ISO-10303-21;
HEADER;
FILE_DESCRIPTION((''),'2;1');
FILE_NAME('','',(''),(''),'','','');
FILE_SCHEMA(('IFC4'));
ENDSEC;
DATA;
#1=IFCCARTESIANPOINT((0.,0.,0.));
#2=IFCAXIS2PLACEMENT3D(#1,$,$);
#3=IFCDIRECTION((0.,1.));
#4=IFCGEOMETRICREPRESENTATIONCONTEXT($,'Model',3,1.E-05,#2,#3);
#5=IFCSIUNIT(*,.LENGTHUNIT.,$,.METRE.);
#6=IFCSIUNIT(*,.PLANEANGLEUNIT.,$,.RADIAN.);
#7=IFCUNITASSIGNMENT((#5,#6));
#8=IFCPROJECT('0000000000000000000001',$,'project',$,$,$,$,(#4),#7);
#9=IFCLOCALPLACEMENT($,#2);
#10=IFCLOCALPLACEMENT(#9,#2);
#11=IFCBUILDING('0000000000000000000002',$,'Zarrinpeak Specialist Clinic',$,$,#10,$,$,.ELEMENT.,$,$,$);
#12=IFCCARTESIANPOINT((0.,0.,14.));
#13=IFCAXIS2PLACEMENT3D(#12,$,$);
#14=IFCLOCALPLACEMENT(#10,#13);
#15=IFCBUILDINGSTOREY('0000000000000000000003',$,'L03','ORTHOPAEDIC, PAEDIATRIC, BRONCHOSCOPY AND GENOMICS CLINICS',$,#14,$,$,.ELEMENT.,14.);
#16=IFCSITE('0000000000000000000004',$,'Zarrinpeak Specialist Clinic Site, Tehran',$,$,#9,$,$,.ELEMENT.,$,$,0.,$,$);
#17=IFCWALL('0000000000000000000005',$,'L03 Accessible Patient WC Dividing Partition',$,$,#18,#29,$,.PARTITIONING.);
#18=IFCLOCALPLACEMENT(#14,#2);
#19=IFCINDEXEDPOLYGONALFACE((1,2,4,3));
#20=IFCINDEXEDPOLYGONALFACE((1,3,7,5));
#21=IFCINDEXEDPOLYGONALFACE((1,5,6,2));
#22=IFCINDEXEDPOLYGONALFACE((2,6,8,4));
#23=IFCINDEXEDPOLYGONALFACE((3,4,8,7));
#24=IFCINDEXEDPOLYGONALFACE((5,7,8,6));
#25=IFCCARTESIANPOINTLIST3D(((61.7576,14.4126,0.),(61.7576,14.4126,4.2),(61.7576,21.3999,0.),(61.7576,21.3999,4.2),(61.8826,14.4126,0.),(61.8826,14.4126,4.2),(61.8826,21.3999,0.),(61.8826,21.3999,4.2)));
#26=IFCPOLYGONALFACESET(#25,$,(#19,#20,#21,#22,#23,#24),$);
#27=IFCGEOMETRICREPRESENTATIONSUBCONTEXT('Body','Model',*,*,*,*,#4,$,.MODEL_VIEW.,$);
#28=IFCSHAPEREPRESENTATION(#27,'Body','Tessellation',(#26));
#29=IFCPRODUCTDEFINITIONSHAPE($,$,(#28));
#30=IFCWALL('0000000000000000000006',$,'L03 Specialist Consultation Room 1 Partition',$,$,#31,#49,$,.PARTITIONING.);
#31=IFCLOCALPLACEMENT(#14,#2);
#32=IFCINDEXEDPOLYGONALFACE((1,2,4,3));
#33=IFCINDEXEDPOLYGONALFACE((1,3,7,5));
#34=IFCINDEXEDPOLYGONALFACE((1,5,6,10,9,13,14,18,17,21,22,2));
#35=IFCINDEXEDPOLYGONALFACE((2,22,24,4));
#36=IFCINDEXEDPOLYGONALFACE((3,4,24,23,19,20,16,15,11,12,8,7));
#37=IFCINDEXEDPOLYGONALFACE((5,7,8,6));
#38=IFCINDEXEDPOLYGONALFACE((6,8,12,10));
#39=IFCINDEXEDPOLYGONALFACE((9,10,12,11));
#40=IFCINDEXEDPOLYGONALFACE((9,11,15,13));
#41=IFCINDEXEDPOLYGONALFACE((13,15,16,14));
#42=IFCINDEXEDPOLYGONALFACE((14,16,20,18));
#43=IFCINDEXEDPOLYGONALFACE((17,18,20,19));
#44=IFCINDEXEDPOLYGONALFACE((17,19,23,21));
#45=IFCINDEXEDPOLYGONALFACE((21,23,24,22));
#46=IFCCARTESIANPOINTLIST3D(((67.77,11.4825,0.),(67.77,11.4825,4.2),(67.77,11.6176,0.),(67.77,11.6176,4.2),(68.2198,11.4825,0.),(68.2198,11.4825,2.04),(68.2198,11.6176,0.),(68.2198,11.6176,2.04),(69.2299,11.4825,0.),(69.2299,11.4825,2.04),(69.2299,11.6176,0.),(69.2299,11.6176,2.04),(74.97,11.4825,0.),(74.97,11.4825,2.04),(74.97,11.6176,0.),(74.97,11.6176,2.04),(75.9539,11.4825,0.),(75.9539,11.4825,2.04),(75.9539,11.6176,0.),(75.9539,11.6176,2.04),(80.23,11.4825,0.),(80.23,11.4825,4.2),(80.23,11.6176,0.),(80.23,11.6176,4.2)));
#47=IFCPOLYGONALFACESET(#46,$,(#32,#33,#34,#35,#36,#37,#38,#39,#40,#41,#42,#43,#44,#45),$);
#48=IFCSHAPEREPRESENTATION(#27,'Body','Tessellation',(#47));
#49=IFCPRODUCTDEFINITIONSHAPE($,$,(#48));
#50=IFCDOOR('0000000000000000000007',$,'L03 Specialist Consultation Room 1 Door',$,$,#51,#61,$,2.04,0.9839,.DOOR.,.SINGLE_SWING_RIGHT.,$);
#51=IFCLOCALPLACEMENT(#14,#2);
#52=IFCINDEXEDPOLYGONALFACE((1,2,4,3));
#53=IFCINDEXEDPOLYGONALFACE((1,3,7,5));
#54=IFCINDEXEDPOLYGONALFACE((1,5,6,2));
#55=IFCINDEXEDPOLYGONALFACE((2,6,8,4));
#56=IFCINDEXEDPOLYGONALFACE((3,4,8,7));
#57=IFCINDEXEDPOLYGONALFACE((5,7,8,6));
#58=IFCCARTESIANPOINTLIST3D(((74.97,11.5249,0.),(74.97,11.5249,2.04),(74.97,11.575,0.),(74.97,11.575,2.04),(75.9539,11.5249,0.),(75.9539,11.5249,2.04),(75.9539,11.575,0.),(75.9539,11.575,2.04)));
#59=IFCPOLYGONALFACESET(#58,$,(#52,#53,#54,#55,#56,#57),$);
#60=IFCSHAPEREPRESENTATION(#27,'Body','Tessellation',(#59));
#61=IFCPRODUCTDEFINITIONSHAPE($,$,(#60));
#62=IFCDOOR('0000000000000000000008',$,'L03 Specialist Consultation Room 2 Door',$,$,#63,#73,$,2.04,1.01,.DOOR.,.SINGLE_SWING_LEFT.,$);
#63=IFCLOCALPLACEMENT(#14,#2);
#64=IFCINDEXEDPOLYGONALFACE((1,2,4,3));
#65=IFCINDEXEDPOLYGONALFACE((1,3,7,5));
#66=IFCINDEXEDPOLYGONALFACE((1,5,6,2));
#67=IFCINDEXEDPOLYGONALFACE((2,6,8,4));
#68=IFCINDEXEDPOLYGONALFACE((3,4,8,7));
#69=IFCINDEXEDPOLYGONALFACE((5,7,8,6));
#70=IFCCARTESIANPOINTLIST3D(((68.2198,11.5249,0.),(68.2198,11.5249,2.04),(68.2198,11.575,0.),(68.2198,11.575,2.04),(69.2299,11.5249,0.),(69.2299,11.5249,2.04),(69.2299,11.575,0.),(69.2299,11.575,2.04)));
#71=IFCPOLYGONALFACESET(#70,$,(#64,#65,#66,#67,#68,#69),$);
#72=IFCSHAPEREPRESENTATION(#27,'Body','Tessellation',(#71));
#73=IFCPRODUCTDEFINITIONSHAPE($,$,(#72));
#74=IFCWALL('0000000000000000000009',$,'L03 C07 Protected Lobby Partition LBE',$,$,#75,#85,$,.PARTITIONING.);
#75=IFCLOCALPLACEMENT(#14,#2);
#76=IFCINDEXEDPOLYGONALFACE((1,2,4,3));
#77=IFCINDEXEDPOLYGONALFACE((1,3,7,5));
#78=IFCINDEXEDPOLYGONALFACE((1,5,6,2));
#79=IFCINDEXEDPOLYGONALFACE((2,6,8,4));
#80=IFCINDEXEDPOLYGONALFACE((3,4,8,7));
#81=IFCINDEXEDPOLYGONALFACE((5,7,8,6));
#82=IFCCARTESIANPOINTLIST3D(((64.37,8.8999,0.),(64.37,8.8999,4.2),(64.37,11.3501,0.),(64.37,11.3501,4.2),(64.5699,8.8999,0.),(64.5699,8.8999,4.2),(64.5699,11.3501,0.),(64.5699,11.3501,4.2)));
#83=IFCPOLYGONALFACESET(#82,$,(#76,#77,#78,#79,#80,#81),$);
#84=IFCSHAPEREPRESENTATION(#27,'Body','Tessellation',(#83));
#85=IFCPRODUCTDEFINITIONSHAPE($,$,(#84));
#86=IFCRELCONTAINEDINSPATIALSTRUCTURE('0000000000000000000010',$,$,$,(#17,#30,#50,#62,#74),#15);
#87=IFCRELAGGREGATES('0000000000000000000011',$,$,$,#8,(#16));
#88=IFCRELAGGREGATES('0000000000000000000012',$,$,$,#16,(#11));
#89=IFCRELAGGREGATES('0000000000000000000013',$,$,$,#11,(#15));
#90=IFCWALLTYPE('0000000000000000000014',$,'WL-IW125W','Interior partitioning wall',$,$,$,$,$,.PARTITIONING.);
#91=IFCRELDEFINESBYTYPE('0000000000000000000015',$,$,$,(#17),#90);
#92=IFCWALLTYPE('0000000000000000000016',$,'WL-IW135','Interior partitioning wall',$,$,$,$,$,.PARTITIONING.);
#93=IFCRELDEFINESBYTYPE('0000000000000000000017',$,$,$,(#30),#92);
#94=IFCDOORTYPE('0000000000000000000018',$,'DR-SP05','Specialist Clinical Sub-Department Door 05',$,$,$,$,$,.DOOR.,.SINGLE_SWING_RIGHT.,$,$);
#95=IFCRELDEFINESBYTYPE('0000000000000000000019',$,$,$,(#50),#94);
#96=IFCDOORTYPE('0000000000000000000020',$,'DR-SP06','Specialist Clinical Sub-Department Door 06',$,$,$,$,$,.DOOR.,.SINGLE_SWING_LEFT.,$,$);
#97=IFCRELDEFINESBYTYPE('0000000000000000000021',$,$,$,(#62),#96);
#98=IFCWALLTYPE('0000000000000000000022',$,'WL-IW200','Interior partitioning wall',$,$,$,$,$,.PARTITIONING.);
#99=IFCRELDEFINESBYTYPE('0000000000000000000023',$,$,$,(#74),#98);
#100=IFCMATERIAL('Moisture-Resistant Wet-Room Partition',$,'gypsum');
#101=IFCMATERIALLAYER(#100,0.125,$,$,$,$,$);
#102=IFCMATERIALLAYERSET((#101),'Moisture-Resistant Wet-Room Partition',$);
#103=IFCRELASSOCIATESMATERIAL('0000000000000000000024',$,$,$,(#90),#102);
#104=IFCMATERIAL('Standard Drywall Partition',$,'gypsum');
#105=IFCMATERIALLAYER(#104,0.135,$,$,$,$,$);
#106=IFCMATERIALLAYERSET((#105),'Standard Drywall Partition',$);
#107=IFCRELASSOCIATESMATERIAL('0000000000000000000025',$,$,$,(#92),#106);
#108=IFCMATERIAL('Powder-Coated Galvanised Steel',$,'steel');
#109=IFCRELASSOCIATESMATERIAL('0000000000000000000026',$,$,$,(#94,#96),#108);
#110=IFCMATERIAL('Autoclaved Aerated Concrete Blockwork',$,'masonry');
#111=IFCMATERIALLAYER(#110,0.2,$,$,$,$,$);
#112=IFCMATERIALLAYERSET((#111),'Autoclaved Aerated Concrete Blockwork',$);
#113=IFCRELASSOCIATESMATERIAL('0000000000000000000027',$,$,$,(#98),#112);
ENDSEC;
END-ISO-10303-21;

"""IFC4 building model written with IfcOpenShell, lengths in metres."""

from ifc_helpers import new_model, si_unit, direction, frame, frame_2d, origin, place, context, subcontext, project, spatial, rectangle, extrude, material, layer, layer_set, type_object, element, fill, save


model = new_model("IFC4")

# Units and contexts
model_context = context("Model", 3, precision=1e-05, world=origin(), true_north=direction((0.0, 1.0)))
body_context = subcontext(model_context, "Body", "Model", "MODEL_VIEW")
ifc_project = project(units=[si_unit("LENGTHUNIT", "METRE"), si_unit("PLANEANGLEUNIT", "RADIAN")], contexts=[model_context])

# Site, building, storey
site_placement = place(None, origin())
site = spatial("IfcSite", under=ifc_project, at=site_placement, Name="Zarrinpeak Specialist Clinic Site, Tehran", CompositionType="ELEMENT", RefElevation=0.0)
building_placement = place(site_placement, origin())
building = spatial("IfcBuilding", under=site, at=building_placement, Name="Zarrinpeak Specialist Clinic", CompositionType="ELEMENT")
storey_placement = place(building_placement, frame((0.0, 0.0, 14.0)))
storey = spatial("IfcBuildingStorey", under=building, at=storey_placement, Name="L03", Description="ORTHOPAEDIC, PAEDIATRIC, BRONCHOSCOPY AND GENOMICS CLINICS", CompositionType="ELEMENT", Elevation=14.0)

# Shared definitions
ifc_material_1 = material(Name="Powder-Coated Galvanised Steel", Category="steel")

# Shared definitions
ifc_material_2 = material(Name="Moisture-Resistant Wet-Room Partition", Category="gypsum")
ifc_layer_1 = layer(ifc_material_2, 0.125)
ifc_layer_set_1 = layer_set([ifc_layer_1], Name="Moisture-Resistant Wet-Room Partition")
wall_type_1 = type_object("IfcWallType", Name="WL-IW125W", Description="Interior partitioning wall", PredefinedType="PARTITIONING", material=ifc_layer_set_1)

# Wall
wall_1_placement = place(storey_placement, frame((61.8201, 14.4126, 0.0), z_axis=(0.0, 0.0, 1.0), x_axis=(0.0, 1.0, 0.0)))
element("IfcWall", 1, at=wall_1_placement, inside=storey, type_object=wall_type_1, Name="L03 Accessible Patient WC Dividing Partition", PredefinedType="PARTITIONING", context=body_context, shape_type="SweptSolid", body=[
    extrude(rectangle(XDim=6.9873, YDim=0.125, at=frame_2d((3.4937, 0.0))), origin(), (0.0, 0.0, 1.0), 4.2),
])

# Wall, openings, doors
ifc_material_3 = material(Name="Standard Drywall Partition", Category="gypsum")
ifc_layer_2 = layer(ifc_material_3, 0.135)
ifc_layer_set_2 = layer_set([ifc_layer_2], Name="Standard Drywall Partition")
wall_type_2 = type_object("IfcWallType", Name="WL-IW135", Description="Interior partitioning wall", PredefinedType="PARTITIONING", material=ifc_layer_set_2)
wall_2_placement = place(storey_placement, frame((67.77, 11.55, 0.0), z_axis=(0.0, 0.0, 1.0), x_axis=(1.0, 0.0, 0.0)))
wall_2 = element("IfcWall", 2, at=wall_2_placement, inside=storey, type_object=wall_type_2, Name="L03 Specialist Consultation Room 1 Partition", PredefinedType="PARTITIONING", context=body_context, shape_type="SweptSolid", body=[
    extrude(rectangle(XDim=12.46, YDim=0.135, at=frame_2d((6.23, 0.0))), origin(), (0.0, 0.0, 1.0), 4.2),
])
opening_1_placement = place(wall_2_placement, frame((7.2, 0.0, 0.0)))
opening_1 = element("IfcOpeningElement", 3, at=opening_1_placement, cuts=wall_2, PredefinedType="OPENING", context=body_context, shape_type="SweptSolid", body=[
    extrude(rectangle(XDim=0.9839, YDim=2.04, at=frame_2d((0.4919, 1.02))), frame((0.0, 0.0776, 0.0), z_axis=(0.0, -1.0, 0.0), x_axis=(1.0, 0.0, 0.0)), (0.0, 0.0, 1.0), 0.155),
])
opening_2_placement = place(wall_2_placement, frame((0.45, 0.0, 0.0)))
opening_2 = element("IfcOpeningElement", 4, at=opening_2_placement, cuts=wall_2, PredefinedType="OPENING", context=body_context, shape_type="SweptSolid", body=[
    extrude(rectangle(XDim=1.01, YDim=2.04, at=frame_2d((0.5049, 1.02))), frame((0.0, 0.0776, 0.0), z_axis=(0.0, -1.0, 0.0), x_axis=(1.0, 0.0, 0.0)), (0.0, 0.0, 1.0), 0.155),
])
door_type_1 = type_object("IfcDoorType", Name="DR-SP05", Description="Specialist Clinical Sub-Department Door 05", OperationType="SINGLE_SWING_RIGHT", PredefinedType="DOOR", material=ifc_material_1)
door_1_placement = place(opening_1_placement, origin())
door_1 = element("IfcDoor", 5, at=door_1_placement, inside=storey, type_object=door_type_1, Name="L03 Specialist Consultation Room 1 Door", OperationType="SINGLE_SWING_RIGHT", OverallHeight=2.04, OverallWidth=0.9839, PredefinedType="DOOR", context=body_context, shape_type="SweptSolid", body=[
    extrude(rectangle(XDim=0.9839, YDim=2.04, at=frame_2d((0.4919, 1.02))), frame((0.0, 0.0249, 0.0), z_axis=(0.0, -1.0, 0.0), x_axis=(1.0, 0.0, 0.0)), (0.0, 0.0, 1.0), 0.05),
])
fill(opening_1, door_1)
door_type_2 = type_object("IfcDoorType", Name="DR-SP06", Description="Specialist Clinical Sub-Department Door 06", OperationType="SINGLE_SWING_LEFT", PredefinedType="DOOR", material=ifc_material_1)
door_2_placement = place(opening_2_placement, origin())
door_2 = element("IfcDoor", 6, at=door_2_placement, inside=storey, type_object=door_type_2, Name="L03 Specialist Consultation Room 2 Door", OperationType="SINGLE_SWING_LEFT", OverallHeight=2.04, OverallWidth=1.01, PredefinedType="DOOR", context=body_context, shape_type="SweptSolid", body=[
    extrude(rectangle(XDim=1.01, YDim=2.04, at=frame_2d((0.5049, 1.02))), frame((0.0, 0.0249, 0.0), z_axis=(0.0, -1.0, 0.0), x_axis=(1.0, 0.0, 0.0)), (0.0, 0.0, 1.0), 0.05),
])
fill(opening_2, door_2)

# Wall
ifc_material_4 = material(Name="Autoclaved Aerated Concrete Blockwork", Category="masonry")
ifc_layer_3 = layer(ifc_material_4, 0.2)
ifc_layer_set_3 = layer_set([ifc_layer_3], Name="Autoclaved Aerated Concrete Blockwork")
wall_type_3 = type_object("IfcWallType", Name="WL-IW200", Description="Interior partitioning wall", PredefinedType="PARTITIONING", material=ifc_layer_set_3)
wall_3_placement = place(storey_placement, frame((64.47, 8.8999, 0.0), z_axis=(0.0, 0.0, 1.0), x_axis=(0.0, 1.0, 0.0)))
element("IfcWall", 7, at=wall_3_placement, inside=storey, type_object=wall_type_3, Name="L03 C07 Protected Lobby Partition LBE", PredefinedType="PARTITIONING", context=body_context, shape_type="SweptSolid", body=[
    extrude(rectangle(XDim=2.4502, YDim=0.2, at=frame_2d((1.2251, 0.0))), origin(), (0.0, 0.0, 1.0), 4.2),
])

save(model, "model.ifc")
